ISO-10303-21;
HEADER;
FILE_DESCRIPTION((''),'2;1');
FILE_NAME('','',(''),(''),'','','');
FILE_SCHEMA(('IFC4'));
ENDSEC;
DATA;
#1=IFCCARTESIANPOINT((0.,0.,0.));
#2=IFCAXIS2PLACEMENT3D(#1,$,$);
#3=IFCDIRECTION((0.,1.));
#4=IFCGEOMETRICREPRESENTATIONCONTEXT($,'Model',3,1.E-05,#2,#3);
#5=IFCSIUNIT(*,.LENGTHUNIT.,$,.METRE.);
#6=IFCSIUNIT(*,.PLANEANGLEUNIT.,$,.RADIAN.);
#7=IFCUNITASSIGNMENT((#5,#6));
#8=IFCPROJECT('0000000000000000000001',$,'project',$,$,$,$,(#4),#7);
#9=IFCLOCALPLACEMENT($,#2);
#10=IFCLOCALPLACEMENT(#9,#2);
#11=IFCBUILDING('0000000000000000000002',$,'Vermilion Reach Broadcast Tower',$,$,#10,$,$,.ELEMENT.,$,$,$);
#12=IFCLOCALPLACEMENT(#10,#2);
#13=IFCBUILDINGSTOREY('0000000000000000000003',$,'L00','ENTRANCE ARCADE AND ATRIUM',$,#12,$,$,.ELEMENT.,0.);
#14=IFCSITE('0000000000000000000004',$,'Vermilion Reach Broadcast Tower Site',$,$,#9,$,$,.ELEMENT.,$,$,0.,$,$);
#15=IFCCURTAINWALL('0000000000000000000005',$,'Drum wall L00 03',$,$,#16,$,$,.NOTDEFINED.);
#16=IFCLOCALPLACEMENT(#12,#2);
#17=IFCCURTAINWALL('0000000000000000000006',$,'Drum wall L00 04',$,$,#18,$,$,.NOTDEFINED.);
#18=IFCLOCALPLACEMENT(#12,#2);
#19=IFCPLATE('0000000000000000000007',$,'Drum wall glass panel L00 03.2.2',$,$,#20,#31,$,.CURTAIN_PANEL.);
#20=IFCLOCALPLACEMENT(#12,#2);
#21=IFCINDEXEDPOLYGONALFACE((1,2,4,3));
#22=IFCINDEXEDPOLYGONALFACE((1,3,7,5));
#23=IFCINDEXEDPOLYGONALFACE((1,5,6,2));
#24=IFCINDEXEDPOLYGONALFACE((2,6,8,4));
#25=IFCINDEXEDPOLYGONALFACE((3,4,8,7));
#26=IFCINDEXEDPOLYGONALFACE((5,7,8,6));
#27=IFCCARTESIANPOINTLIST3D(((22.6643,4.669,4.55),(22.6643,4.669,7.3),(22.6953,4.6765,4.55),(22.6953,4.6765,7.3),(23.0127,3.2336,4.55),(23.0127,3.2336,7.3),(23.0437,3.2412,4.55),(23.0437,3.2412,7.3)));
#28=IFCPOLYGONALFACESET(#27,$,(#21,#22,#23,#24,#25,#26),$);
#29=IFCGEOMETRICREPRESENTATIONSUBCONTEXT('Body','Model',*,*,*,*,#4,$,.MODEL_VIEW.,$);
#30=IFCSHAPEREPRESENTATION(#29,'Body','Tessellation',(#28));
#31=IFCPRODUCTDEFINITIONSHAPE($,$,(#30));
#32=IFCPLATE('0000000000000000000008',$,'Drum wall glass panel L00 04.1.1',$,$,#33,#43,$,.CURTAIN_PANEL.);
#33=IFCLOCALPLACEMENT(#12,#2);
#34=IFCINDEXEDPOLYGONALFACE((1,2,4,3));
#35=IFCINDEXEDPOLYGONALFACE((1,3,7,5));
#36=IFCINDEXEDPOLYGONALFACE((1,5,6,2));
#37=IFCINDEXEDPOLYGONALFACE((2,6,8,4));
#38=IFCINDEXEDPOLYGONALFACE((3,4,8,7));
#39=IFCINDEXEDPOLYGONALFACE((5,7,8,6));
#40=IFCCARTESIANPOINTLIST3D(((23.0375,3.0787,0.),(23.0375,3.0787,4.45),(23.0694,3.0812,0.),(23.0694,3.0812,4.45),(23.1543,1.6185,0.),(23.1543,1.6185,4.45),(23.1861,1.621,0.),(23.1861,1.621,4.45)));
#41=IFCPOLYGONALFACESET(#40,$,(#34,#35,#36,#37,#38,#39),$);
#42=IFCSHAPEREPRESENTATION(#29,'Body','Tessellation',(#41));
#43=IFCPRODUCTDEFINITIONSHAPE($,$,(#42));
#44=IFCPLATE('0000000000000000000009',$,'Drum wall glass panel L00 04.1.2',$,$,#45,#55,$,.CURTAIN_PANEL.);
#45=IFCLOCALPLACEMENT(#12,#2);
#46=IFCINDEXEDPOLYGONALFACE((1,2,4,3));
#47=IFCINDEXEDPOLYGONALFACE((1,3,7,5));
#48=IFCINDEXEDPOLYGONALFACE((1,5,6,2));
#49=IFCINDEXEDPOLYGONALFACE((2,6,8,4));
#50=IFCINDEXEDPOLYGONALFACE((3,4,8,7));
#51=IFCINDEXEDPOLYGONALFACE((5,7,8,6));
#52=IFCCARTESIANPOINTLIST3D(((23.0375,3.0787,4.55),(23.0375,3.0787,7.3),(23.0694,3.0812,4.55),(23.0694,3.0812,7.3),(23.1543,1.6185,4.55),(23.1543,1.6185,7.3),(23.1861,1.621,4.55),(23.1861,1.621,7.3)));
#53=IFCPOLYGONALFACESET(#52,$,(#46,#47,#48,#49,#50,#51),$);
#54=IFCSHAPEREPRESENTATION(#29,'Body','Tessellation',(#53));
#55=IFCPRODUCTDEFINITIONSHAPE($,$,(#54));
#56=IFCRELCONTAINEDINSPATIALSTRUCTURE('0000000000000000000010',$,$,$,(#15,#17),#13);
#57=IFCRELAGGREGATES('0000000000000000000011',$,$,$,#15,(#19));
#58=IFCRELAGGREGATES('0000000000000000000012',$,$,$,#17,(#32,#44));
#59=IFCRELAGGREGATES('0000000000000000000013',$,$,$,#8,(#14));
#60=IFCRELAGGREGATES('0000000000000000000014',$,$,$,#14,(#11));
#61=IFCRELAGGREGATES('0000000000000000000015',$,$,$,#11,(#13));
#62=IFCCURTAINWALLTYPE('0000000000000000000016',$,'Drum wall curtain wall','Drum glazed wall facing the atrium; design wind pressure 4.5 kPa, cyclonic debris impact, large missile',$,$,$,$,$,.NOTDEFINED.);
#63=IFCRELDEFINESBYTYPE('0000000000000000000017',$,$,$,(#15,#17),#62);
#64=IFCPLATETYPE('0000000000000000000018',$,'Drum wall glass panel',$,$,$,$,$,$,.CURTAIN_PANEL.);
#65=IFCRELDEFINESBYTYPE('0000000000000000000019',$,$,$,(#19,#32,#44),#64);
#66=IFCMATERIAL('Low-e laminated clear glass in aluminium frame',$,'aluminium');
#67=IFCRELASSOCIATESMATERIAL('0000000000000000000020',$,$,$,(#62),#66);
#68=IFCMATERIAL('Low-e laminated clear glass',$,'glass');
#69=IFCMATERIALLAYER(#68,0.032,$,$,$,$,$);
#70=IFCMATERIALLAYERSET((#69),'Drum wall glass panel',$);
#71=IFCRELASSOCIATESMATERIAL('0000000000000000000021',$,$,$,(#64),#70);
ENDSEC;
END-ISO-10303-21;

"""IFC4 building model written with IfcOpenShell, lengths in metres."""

from ifc_helpers import new_model, si_unit, direction, frame, origin, origin_2d, place, context, subcontext, project, spatial, rectangle, extrude, material, layer, layer_set, type_object, element, aggregate, save


model = new_model("IFC4")

# Units and contexts
model_context = context("Model", 3, precision=1e-05, world=origin(), true_north=direction((0.0, 1.0)))
body_context = subcontext(model_context, "Body", "Model", "MODEL_VIEW")
ifc_project = project(units=[si_unit("LENGTHUNIT", "METRE"), si_unit("PLANEANGLEUNIT", "RADIAN")], contexts=[model_context])

# Site, building, storey
site_placement = place(None, origin())
site = spatial("IfcSite", under=ifc_project, at=site_placement, Name="Vermilion Reach Broadcast Tower Site", CompositionType="ELEMENT", RefElevation=0.0)
building_placement = place(site_placement, origin())
building = spatial("IfcBuilding", under=site, at=building_placement, Name="Vermilion Reach Broadcast Tower", CompositionType="ELEMENT")
storey_placement = place(building_placement, origin())
storey = spatial("IfcBuildingStorey", under=building, at=storey_placement, Name="L00", Description="ENTRANCE ARCADE AND ATRIUM", CompositionType="ELEMENT", Elevation=0.0)

# Curtain walls
ifc_material_1 = material(Name="Low-e laminated clear glass in aluminium frame", Category="aluminium")
curtain_wall_type = type_object("IfcCurtainWallType", Name="Drum wall curtain wall", Description="Drum glazed wall facing the atrium; design wind pressure 4.5 kPa, cyclonic debris impact, large missile", PredefinedType="NOTDEFINED", material=ifc_material_1)
placement = place(storey_placement, origin())
curtain_wall_1 = element("IfcCurtainWall", 1, at=placement, inside=storey, type_object=curtain_wall_type, Name="Drum wall L00 03", PredefinedType="NOTDEFINED")
curtain_wall_2 = element("IfcCurtainWall", 2, at=placement, inside=storey, type_object=curtain_wall_type, Name="Drum wall L00 04", PredefinedType="NOTDEFINED")

# Plates
ifc_material_2 = material(Name="Low-e laminated clear glass", Category="glass")
ifc_layer = layer(ifc_material_2, 0.032)
ifc_layer_set = layer_set([ifc_layer], Name="Drum wall glass panel")
plate_type = type_object("IfcPlateType", Name="Drum wall glass panel", PredefinedType="CURTAIN_PANEL", material=ifc_layer_set)
plate_1_placement = place(storey_placement, frame((22.854, 3.9551, 4.55), z_axis=(0.0, 0.0, 1.0), x_axis=(0.235877, -0.971783, 0.0)))
plate_1 = element("IfcPlate", 3, at=plate_1_placement, type_object=plate_type, Name="Drum wall glass panel L00 03.2.2", PredefinedType="CURTAIN_PANEL", context=body_context, shape_type="SweptSolid", body=[
    extrude(rectangle(XDim=1.4771, YDim=0.032, at=origin_2d()), origin(), (0.0, 0.0, 1.0), 2.75),
])
aggregate(curtain_wall_1, [plate_1])
plate_2_placement = place(storey_placement, frame((23.1118, 2.3499, 0.0), z_axis=(0.0, 0.0, 1.0), x_axis=(0.079726, -0.996817, 0.0)))
plate_2 = element("IfcPlate", 4, at=plate_2_placement, type_object=plate_type, Name="Drum wall glass panel L00 04.1.1", PredefinedType="CURTAIN_PANEL", context=body_context, shape_type="SweptSolid", body=[
    extrude(rectangle(XDim=1.4648, YDim=0.032, at=origin_2d()), origin(), (0.0, 0.0, 1.0), 4.45),
])
plate_3_placement = place(storey_placement, frame((23.1118, 2.3499, 4.55), z_axis=(0.0, 0.0, 1.0), x_axis=(0.079726, -0.996817, 0.0)))
plate_3 = element("IfcPlate", 5, at=plate_3_placement, type_object=plate_type, Name="Drum wall glass panel L00 04.1.2", PredefinedType="CURTAIN_PANEL", context=body_context, shape_type="SweptSolid", body=[
    extrude(rectangle(XDim=1.4648, YDim=0.032, at=origin_2d()), origin(), (0.0, 0.0, 1.0), 2.75),
])
aggregate(curtain_wall_2, [plate_2, plate_3])

save(model, "model.ifc")
